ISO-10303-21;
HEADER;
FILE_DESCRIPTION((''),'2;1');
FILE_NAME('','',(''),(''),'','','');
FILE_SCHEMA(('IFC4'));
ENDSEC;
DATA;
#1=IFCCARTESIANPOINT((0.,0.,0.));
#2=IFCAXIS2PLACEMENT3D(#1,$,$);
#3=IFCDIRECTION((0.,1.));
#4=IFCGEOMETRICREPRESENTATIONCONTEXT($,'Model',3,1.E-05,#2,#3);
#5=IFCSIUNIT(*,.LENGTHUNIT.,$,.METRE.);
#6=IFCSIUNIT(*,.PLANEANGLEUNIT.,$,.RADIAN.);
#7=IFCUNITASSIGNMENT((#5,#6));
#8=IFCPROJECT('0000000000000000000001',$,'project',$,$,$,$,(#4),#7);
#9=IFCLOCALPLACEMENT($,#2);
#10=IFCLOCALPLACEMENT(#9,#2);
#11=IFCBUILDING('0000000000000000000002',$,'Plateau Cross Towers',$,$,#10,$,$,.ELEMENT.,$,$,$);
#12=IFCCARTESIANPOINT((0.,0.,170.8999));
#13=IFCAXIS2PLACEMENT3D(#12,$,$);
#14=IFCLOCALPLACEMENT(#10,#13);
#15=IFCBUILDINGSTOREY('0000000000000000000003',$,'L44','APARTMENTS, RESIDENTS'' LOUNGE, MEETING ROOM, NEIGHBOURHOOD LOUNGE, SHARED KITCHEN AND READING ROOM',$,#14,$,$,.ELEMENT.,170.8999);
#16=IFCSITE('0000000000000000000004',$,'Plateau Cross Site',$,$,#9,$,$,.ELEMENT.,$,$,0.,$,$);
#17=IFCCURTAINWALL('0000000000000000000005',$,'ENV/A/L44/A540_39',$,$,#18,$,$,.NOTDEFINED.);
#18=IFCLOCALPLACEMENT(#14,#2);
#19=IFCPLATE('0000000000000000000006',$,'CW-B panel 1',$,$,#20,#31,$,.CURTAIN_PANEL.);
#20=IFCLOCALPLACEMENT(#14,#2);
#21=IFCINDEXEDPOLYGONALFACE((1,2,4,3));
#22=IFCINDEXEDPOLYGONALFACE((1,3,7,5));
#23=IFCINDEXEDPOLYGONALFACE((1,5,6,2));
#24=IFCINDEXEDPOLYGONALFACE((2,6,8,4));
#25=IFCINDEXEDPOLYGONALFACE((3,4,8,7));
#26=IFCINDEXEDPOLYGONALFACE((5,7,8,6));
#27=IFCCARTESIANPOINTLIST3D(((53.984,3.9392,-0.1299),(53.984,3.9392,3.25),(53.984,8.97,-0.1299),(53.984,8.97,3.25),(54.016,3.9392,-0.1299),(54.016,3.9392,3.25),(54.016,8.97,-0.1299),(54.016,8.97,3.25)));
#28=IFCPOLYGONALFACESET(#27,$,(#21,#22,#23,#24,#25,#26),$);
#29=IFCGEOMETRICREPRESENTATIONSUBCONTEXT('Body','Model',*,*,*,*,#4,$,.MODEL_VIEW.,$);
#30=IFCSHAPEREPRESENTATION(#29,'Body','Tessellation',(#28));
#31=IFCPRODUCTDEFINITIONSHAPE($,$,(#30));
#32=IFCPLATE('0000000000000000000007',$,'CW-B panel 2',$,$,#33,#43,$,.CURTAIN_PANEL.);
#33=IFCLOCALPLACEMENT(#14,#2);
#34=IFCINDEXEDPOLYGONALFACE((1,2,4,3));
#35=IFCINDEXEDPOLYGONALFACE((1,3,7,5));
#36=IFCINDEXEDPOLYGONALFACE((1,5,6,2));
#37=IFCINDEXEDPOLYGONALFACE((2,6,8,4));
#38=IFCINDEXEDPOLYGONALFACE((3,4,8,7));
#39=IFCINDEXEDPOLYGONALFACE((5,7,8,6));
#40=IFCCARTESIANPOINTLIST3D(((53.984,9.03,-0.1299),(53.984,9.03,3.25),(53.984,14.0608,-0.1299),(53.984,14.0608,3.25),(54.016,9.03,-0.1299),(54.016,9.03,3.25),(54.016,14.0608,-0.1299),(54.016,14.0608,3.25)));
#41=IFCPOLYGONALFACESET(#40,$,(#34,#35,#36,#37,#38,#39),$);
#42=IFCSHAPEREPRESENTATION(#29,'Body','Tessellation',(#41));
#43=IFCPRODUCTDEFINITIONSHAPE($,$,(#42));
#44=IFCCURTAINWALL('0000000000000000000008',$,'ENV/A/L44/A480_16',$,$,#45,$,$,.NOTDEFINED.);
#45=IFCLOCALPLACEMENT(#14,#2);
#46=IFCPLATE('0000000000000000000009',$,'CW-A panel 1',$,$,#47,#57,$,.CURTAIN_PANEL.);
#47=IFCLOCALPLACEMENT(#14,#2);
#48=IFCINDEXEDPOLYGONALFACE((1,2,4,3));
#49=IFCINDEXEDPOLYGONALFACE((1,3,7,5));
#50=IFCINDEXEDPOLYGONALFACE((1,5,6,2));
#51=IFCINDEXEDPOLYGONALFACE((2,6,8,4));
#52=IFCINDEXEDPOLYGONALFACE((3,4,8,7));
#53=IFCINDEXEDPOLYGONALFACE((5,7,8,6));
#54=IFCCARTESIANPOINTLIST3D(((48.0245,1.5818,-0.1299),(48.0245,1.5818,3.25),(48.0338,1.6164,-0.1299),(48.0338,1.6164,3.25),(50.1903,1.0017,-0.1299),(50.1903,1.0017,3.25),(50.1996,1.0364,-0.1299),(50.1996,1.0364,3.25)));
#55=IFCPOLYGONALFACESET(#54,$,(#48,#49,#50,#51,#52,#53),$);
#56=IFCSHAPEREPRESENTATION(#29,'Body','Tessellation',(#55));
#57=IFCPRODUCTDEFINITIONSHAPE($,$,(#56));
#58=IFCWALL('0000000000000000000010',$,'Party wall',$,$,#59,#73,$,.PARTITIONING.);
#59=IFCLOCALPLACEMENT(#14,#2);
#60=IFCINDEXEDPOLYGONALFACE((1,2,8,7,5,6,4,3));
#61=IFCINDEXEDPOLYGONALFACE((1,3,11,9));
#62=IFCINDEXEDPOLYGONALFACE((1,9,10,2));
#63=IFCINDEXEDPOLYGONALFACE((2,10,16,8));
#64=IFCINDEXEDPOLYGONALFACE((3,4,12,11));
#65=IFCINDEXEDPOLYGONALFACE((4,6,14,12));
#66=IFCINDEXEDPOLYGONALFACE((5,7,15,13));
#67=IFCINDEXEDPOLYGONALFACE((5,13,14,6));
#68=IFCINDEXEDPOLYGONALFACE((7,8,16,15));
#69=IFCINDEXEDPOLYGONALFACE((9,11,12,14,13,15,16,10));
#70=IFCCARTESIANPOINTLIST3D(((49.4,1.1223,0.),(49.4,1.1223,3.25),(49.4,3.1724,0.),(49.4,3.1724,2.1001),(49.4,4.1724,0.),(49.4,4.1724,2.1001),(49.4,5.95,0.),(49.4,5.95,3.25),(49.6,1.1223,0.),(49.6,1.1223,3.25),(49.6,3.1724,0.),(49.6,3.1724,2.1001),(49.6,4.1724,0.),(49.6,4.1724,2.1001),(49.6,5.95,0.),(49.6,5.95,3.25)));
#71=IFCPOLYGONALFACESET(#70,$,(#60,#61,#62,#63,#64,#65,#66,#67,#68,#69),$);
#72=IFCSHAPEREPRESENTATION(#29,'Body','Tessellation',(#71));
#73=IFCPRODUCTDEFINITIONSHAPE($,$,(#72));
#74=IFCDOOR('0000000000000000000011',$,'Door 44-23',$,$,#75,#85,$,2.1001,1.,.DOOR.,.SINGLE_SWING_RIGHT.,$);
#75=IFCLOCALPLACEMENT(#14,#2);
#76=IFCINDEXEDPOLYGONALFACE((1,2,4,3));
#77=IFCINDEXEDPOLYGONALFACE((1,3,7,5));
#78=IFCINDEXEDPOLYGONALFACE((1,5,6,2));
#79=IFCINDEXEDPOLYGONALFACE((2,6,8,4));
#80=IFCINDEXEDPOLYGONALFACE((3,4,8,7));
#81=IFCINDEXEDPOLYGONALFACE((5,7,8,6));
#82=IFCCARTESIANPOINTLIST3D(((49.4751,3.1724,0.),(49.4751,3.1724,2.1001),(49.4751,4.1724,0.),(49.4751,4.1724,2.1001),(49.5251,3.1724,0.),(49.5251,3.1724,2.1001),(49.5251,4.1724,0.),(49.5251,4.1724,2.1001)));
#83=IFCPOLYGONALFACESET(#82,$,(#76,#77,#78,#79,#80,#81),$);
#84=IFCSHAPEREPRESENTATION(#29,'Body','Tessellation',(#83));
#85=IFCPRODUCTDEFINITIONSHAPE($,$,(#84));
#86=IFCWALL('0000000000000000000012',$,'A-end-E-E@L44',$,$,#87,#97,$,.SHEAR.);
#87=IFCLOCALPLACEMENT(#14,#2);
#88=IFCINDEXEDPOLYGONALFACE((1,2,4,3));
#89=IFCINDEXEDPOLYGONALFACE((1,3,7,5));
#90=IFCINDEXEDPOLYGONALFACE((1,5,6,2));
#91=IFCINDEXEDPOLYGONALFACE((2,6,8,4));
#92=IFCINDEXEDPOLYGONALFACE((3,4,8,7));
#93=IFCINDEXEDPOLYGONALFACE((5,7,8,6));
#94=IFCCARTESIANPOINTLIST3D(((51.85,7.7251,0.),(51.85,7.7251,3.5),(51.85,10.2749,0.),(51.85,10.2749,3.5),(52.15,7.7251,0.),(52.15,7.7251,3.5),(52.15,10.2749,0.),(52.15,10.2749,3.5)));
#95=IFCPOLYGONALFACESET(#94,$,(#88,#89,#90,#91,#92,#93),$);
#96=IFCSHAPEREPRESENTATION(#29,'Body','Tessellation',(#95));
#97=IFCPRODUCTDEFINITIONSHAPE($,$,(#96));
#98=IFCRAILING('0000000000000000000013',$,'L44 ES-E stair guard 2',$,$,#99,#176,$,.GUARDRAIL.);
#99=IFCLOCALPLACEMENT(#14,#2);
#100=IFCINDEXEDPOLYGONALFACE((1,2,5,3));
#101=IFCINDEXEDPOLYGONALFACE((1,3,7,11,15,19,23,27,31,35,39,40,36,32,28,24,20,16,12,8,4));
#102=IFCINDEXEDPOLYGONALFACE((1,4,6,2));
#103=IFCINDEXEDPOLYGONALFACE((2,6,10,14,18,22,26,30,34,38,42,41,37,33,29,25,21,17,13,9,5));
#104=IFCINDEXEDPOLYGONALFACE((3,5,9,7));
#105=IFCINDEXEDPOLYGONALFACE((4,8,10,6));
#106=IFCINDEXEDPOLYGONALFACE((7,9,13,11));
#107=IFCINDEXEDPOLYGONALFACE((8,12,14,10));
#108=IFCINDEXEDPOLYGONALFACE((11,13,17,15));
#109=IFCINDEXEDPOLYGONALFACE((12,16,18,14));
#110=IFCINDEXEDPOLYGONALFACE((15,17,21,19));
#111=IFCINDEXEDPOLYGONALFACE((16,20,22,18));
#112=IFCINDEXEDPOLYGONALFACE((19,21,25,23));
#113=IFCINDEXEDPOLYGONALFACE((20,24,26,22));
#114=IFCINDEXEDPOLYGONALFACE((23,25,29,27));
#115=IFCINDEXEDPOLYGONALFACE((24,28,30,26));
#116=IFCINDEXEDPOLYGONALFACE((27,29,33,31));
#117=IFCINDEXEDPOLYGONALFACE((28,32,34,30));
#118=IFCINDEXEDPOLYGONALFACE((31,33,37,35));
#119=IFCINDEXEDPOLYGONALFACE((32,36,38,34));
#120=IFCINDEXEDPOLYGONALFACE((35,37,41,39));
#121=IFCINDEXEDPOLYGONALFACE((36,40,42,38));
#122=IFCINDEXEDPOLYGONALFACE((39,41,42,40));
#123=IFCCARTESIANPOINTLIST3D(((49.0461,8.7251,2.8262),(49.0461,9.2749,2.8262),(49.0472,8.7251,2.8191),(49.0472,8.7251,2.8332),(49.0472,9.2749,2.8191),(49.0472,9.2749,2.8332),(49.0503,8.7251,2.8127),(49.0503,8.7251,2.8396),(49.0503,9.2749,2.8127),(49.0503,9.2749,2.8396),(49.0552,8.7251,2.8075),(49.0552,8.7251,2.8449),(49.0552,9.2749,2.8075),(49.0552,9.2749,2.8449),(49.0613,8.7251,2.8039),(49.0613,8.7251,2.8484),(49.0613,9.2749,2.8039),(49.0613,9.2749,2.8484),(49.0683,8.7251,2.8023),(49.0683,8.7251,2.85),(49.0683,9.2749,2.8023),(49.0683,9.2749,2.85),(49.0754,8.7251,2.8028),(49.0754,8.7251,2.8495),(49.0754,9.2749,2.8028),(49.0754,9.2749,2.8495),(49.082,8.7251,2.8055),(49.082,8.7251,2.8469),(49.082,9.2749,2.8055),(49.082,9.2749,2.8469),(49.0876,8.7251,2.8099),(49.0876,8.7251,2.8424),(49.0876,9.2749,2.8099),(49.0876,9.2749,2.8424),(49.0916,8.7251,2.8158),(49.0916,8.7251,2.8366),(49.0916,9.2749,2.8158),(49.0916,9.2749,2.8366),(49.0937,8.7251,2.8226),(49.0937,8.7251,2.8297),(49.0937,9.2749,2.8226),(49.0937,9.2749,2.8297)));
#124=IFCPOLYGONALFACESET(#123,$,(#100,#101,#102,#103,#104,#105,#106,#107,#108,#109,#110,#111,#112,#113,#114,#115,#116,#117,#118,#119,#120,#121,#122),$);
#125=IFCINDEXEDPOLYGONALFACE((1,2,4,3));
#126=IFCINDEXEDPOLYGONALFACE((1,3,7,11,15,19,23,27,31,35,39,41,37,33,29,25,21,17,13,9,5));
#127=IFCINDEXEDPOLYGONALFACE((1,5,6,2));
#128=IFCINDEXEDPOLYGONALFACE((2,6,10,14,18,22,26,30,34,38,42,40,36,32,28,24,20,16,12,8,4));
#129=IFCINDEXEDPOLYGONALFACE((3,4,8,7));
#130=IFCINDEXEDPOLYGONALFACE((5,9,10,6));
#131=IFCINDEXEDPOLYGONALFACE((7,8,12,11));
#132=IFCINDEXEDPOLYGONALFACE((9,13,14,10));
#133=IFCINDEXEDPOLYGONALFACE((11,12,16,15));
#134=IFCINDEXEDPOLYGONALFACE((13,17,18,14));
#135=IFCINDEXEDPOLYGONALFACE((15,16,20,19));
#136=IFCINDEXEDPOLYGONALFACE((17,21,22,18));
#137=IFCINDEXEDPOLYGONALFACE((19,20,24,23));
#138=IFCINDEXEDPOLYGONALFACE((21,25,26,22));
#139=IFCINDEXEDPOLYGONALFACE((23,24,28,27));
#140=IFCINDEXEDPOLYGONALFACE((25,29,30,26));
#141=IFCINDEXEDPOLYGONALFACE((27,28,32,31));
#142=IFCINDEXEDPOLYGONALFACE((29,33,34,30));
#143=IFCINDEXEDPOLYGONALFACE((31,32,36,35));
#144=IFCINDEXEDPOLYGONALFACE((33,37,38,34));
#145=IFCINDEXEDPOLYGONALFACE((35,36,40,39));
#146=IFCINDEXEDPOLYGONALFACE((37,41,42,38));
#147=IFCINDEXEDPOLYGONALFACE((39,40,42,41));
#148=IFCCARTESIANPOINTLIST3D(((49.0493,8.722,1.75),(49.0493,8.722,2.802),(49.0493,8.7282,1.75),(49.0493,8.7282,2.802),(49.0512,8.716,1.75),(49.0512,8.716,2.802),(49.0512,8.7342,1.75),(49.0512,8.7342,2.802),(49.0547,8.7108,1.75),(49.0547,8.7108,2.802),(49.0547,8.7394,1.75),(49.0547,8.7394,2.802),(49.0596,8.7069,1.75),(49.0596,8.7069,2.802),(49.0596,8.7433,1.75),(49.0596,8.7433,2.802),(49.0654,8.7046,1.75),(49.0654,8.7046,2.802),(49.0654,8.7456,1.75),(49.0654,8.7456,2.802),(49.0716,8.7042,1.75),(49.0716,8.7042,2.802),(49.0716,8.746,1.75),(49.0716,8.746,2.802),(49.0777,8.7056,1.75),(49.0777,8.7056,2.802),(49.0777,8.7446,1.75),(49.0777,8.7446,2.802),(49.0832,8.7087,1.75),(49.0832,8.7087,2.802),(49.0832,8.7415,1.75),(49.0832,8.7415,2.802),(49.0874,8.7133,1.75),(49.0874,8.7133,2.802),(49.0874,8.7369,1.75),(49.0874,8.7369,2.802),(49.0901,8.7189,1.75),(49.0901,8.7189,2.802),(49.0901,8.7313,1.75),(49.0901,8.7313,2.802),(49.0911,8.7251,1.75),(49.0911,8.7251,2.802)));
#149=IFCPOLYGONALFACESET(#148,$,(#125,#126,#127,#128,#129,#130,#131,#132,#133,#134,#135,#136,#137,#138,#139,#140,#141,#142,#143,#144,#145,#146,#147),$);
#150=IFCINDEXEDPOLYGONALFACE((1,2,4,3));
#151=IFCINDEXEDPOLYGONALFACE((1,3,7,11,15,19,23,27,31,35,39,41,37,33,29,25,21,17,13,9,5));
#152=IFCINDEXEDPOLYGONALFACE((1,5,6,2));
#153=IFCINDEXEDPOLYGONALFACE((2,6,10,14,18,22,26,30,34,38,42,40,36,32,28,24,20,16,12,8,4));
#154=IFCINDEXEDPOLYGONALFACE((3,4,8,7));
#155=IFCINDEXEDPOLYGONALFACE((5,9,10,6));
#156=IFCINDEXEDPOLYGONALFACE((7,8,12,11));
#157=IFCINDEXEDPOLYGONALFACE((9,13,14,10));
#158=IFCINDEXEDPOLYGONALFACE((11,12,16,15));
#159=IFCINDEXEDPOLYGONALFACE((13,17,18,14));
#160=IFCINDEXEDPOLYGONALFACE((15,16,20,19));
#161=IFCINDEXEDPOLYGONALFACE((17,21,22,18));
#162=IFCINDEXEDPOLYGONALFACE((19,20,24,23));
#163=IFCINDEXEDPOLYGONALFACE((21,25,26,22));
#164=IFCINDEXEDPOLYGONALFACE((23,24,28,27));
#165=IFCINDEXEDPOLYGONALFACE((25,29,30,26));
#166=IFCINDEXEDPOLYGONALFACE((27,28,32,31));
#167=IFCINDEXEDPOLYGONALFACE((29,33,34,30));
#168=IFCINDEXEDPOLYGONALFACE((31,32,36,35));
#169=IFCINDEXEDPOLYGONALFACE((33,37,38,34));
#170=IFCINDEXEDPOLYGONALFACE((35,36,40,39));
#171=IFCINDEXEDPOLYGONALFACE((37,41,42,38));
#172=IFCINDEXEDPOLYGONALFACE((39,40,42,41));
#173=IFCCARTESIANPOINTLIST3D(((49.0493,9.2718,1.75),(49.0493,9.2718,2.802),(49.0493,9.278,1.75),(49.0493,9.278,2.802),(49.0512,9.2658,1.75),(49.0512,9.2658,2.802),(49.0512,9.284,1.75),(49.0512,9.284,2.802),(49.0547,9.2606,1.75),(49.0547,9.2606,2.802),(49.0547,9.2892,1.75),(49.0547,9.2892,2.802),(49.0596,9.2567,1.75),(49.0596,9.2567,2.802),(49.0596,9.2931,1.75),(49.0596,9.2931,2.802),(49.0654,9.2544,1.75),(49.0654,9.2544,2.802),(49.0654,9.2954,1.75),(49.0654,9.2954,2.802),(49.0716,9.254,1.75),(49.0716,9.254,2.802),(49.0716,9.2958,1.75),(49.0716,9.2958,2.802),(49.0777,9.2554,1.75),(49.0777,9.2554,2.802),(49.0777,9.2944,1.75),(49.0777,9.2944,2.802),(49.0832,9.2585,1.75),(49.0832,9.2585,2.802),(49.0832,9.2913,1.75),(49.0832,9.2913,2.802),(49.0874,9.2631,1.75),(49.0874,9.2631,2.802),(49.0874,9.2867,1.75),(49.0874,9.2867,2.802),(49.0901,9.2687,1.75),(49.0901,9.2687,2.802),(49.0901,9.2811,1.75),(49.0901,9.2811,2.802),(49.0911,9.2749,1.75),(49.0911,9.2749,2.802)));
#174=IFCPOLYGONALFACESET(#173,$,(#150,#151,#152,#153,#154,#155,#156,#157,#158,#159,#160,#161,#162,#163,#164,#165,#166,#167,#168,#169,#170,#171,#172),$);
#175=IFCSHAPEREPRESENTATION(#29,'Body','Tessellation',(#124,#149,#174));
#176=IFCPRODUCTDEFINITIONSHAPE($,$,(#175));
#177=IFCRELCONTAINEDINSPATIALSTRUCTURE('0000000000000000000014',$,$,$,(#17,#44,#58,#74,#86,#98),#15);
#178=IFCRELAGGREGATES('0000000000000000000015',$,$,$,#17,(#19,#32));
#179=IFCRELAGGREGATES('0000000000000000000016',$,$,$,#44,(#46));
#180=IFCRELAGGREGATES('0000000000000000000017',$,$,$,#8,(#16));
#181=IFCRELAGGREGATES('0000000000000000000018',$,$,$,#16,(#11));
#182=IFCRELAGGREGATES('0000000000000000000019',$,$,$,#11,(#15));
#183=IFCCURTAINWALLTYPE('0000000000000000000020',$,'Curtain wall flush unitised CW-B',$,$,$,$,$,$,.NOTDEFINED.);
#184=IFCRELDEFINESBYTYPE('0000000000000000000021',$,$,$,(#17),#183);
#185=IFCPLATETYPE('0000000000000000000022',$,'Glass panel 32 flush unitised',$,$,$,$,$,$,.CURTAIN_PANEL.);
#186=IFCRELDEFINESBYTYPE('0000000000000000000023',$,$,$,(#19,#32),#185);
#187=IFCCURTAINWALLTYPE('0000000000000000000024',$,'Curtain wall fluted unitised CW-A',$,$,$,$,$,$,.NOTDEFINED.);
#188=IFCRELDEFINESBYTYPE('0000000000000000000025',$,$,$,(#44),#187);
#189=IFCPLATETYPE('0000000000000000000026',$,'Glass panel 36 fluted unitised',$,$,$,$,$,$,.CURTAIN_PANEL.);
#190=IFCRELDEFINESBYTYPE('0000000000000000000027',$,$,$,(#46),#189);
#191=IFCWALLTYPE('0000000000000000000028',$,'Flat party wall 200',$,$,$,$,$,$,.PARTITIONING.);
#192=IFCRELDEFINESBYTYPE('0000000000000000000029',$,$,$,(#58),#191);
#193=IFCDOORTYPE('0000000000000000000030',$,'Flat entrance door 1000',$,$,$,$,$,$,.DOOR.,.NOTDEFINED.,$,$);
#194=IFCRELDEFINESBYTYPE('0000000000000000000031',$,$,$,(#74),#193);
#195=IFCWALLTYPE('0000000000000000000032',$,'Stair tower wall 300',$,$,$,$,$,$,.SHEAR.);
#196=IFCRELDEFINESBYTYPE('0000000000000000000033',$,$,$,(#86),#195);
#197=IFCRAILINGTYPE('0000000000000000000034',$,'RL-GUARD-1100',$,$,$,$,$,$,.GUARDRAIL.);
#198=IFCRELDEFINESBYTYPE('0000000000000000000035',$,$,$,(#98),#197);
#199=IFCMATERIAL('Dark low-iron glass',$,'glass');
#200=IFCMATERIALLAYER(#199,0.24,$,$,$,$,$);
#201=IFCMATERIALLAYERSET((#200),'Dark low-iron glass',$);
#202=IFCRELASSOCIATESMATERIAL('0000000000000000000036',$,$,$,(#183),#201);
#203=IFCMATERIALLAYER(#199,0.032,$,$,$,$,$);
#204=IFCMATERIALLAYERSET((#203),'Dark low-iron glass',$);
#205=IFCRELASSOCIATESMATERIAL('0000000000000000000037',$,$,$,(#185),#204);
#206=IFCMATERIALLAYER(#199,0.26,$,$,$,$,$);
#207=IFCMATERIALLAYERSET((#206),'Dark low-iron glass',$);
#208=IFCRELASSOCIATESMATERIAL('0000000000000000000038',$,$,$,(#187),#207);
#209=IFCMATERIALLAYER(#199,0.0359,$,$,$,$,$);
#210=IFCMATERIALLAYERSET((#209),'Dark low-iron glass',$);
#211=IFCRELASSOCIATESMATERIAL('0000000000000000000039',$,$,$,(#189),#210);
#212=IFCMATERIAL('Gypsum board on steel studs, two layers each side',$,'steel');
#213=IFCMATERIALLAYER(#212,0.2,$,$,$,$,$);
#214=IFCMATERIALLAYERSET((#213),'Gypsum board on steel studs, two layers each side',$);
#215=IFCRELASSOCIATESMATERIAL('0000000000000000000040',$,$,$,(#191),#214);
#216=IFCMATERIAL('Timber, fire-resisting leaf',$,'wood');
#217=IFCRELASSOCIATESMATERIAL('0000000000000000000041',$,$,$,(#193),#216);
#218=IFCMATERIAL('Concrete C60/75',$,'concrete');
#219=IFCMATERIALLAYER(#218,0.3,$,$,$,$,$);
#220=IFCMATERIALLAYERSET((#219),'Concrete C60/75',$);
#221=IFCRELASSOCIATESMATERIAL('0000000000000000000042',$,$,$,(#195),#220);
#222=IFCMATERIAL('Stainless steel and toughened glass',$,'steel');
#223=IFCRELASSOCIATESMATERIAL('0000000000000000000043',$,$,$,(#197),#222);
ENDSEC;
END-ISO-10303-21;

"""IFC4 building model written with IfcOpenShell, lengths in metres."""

from ifc_helpers import new_model, si_unit, direction, frame, frame_2d, origin, origin_2d, place, context, subcontext, project, spatial, rectangle, circle, extrude, material, layer, layer_set, type_object, element, fill, aggregate, save


model = new_model("IFC4")

# Units and contexts
model_context = context("Model", 3, precision=1e-05, world=origin(), true_north=direction((0.0, 1.0)))
body_context = subcontext(model_context, "Body", "Model", "MODEL_VIEW")
ifc_project = project(units=[si_unit("LENGTHUNIT", "METRE"), si_unit("PLANEANGLEUNIT", "RADIAN")], contexts=[model_context])

# Site, building, storey
site_placement = place(None, origin())
site = spatial("IfcSite", under=ifc_project, at=site_placement, Name="Plateau Cross Site", CompositionType="ELEMENT", RefElevation=0.0)
building_placement = place(site_placement, origin())
building = spatial("IfcBuilding", under=site, at=building_placement, Name="Plateau Cross Towers", CompositionType="ELEMENT")
storey_placement = place(building_placement, frame((0.0, 0.0, 170.8999)))
storey = spatial("IfcBuildingStorey", under=building, at=storey_placement, Name="L44", Description="APARTMENTS, RESIDENTS' LOUNGE, MEETING ROOM, NEIGHBOURHOOD LOUNGE, SHARED KITCHEN AND READING ROOM", CompositionType="ELEMENT", Elevation=170.8999)

# Shared definitions
ifc_material_1 = material(Name="Concrete C60/75", Category="concrete")

# Shared definitions
ifc_material_2 = material(Name="Dark low-iron glass", Category="glass")
ifc_layer_1 = layer(ifc_material_2, 0.24)
ifc_layer_set_1 = layer_set([ifc_layer_1], Name="Dark low-iron glass")
curtain_wall_type_1 = type_object("IfcCurtainWallType", Name="Curtain wall flush unitised CW-B", PredefinedType="NOTDEFINED", material=ifc_layer_set_1)

# Curtain wall
curtain_wall_1_placement = place(storey_placement, origin())
curtain_wall_1 = element("IfcCurtainWall", 1, at=curtain_wall_1_placement, inside=storey, type_object=curtain_wall_type_1, Name="ENV/A/L44/A540_39", PredefinedType="NOTDEFINED")

# Plates
ifc_layer_2 = layer(ifc_material_2, 0.032)
ifc_layer_set_2 = layer_set([ifc_layer_2], Name="Dark low-iron glass")
plate_type_1 = type_object("IfcPlateType", Name="Glass panel 32 flush unitised", PredefinedType="CURTAIN_PANEL", material=ifc_layer_set_2)
plate_1_placement = place(storey_placement, frame((54.0, 6.4546, -0.1299), z_axis=(0.0, 0.0, 1.0), x_axis=(0.0, 1.0, 0.0)))
plate_1 = element("IfcPlate", 2, at=plate_1_placement, type_object=plate_type_1, Name="CW-B panel 1", PredefinedType="CURTAIN_PANEL", context=body_context, shape_type="SweptSolid", body=[
    extrude(rectangle(XDim=5.0308, YDim=0.032, at=origin_2d()), origin(), (0.0, 0.0, 1.0), 3.3799),
])
plate_2_placement = place(storey_placement, frame((54.0, 11.5454, -0.1299), z_axis=(0.0, 0.0, 1.0), x_axis=(0.0, 1.0, 0.0)))
plate_2 = element("IfcPlate", 3, at=plate_2_placement, type_object=plate_type_1, Name="CW-B panel 2", PredefinedType="CURTAIN_PANEL", context=body_context, shape_type="SweptSolid", body=[
    extrude(rectangle(XDim=5.0308, YDim=0.032, at=origin_2d()), origin(), (0.0, 0.0, 1.0), 3.3799),
])
aggregate(curtain_wall_1, [plate_1, plate_2])

# Curtain wall, plate
ifc_layer_3 = layer(ifc_material_2, 0.26)
ifc_layer_set_3 = layer_set([ifc_layer_3], Name="Dark low-iron glass")
curtain_wall_type_2 = type_object("IfcCurtainWallType", Name="Curtain wall fluted unitised CW-A", PredefinedType="NOTDEFINED", material=ifc_layer_set_3)
curtain_wall_2_placement = place(storey_placement, origin())
curtain_wall_2 = element("IfcCurtainWall", 4, at=curtain_wall_2_placement, inside=storey, type_object=curtain_wall_type_2, Name="ENV/A/L44/A480_16", PredefinedType="NOTDEFINED")
ifc_layer_4 = layer(ifc_material_2, 0.0359)
ifc_layer_set_4 = layer_set([ifc_layer_4], Name="Dark low-iron glass")
plate_type_2 = type_object("IfcPlateType", Name="Glass panel 36 fluted unitised", PredefinedType="CURTAIN_PANEL", material=ifc_layer_set_4)
plate_3_placement = place(storey_placement, frame((49.1121, 1.3091, -0.1299), z_axis=(0.0, 0.0, 1.0), x_axis=(0.965958, -0.258699, 0.0)))
plate_3 = element("IfcPlate", 5, at=plate_3_placement, type_object=plate_type_2, Name="CW-A panel 1", PredefinedType="CURTAIN_PANEL", context=body_context, shape_type="SweptSolid", body=[
    extrude(rectangle(XDim=2.2422, YDim=0.0359, at=origin_2d()), origin(), (0.0, 0.0, 1.0), 3.3799),
])
aggregate(curtain_wall_2, [plate_3])

# Wall, opening, door
ifc_material_3 = material(Name="Gypsum board on steel studs, two layers each side", Category="steel")
ifc_layer_5 = layer(ifc_material_3, 0.2)
ifc_layer_set_5 = layer_set([ifc_layer_5], Name="Gypsum board on steel studs, two layers each side")
wall_type_1 = type_object("IfcWallType", Name="Flat party wall 200", PredefinedType="PARTITIONING", material=ifc_layer_set_5)
wall_1_placement = place(storey_placement, frame((49.5, 1.1223, 0.0), z_axis=(0.0, 0.0, 1.0), x_axis=(0.0, 1.0, 0.0)))
wall_1 = element("IfcWall", 6, at=wall_1_placement, inside=storey, type_object=wall_type_1, Name="Party wall", PredefinedType="PARTITIONING", context=body_context, shape_type="SweptSolid", body=[
    extrude(rectangle(XDim=4.8276, YDim=0.2, at=frame_2d((2.4138, 0.0))), origin(), (0.0, 0.0, 1.0), 3.25),
])
opening_placement = place(wall_1_placement, frame((2.05, 0.0, 0.0)))
opening = element("IfcOpeningElement", 7, at=opening_placement, cuts=wall_1, PredefinedType="OPENING", context=body_context, shape_type="SweptSolid", body=[
    extrude(rectangle(XDim=1.0, YDim=2.1001, at=frame_2d((0.5, 1.05))), frame((0.0, 0.1099, 0.0), z_axis=(0.0, -1.0, 0.0), x_axis=(1.0, 0.0, 0.0)), (0.0, 0.0, 1.0), 0.22),
])
ifc_material_4 = material(Name="Timber, fire-resisting leaf", Category="wood")
door_type = type_object("IfcDoorType", Name="Flat entrance door 1000", OperationType="NOTDEFINED", PredefinedType="DOOR", material=ifc_material_4)
door_placement = place(opening_placement, origin())
door = element("IfcDoor", 8, at=door_placement, inside=storey, type_object=door_type, Name="Door 44-23", OperationType="SINGLE_SWING_RIGHT", OverallHeight=2.1001, OverallWidth=1.0, PredefinedType="DOOR", context=body_context, shape_type="SweptSolid", body=[
    extrude(rectangle(XDim=1.0, YDim=2.1001, at=frame_2d((0.5, 1.05))), frame((0.0, 0.0249, 0.0), z_axis=(0.0, -1.0, 0.0), x_axis=(1.0, 0.0, 0.0)), (0.0, 0.0, 1.0), 0.05),
])
fill(opening, door)

# Wall
ifc_layer_6 = layer(ifc_material_1, 0.3)
ifc_layer_set_6 = layer_set([ifc_layer_6], Name="Concrete C60/75")
wall_type_2 = type_object("IfcWallType", Name="Stair tower wall 300", PredefinedType="SHEAR", material=ifc_layer_set_6)
wall_2_placement = place(storey_placement, frame((52.0, 7.7251, 0.0), z_axis=(0.0, 0.0, 1.0), x_axis=(0.0, 1.0, 0.0)))
element("IfcWall", 9, at=wall_2_placement, inside=storey, type_object=wall_type_2, Name="A-end-E-E@L44", PredefinedType="SHEAR", context=body_context, shape_type="SweptSolid", body=[
    extrude(rectangle(XDim=2.5498, YDim=0.3, at=frame_2d((1.2749, 0.0))), origin(), (0.0, 0.0, 1.0), 3.5),
])

# Railing
ifc_material_5 = material(Name="Stainless steel and toughened glass", Category="steel")
railing_type_1 = type_object("IfcRailingType", Name="RL-GUARD-1100", PredefinedType="GUARDRAIL", material=ifc_material_5)
railing_1_placement = place(storey_placement, frame((49.0701, 8.7251, 1.75)))
element("IfcRailing", 10, at=railing_1_placement, inside=storey, type_object=railing_type_1, Name="L44 ES-E stair guard 2", PredefinedType="GUARDRAIL", context=body_context, shape_type="SweptSolid", body=[
    extrude(circle(Radius=0.0239, at=origin_2d()), frame((0.0, 0.0, 1.0762), z_axis=(0.0, 1.0, 0.0), x_axis=(-1.0, 0.0, 0.0)), (0.0, 0.0, 1.0), 0.5498),
    extrude(circle(Radius=0.021, at=origin_2d()), origin(), (0.0, 0.0, 1.0), 1.052),
    extrude(circle(Radius=0.021, at=origin_2d()), frame((0.0, 0.5498, 0.0)), (0.0, 0.0, 1.0), 1.052),
])

save(model, "model.ifc")
